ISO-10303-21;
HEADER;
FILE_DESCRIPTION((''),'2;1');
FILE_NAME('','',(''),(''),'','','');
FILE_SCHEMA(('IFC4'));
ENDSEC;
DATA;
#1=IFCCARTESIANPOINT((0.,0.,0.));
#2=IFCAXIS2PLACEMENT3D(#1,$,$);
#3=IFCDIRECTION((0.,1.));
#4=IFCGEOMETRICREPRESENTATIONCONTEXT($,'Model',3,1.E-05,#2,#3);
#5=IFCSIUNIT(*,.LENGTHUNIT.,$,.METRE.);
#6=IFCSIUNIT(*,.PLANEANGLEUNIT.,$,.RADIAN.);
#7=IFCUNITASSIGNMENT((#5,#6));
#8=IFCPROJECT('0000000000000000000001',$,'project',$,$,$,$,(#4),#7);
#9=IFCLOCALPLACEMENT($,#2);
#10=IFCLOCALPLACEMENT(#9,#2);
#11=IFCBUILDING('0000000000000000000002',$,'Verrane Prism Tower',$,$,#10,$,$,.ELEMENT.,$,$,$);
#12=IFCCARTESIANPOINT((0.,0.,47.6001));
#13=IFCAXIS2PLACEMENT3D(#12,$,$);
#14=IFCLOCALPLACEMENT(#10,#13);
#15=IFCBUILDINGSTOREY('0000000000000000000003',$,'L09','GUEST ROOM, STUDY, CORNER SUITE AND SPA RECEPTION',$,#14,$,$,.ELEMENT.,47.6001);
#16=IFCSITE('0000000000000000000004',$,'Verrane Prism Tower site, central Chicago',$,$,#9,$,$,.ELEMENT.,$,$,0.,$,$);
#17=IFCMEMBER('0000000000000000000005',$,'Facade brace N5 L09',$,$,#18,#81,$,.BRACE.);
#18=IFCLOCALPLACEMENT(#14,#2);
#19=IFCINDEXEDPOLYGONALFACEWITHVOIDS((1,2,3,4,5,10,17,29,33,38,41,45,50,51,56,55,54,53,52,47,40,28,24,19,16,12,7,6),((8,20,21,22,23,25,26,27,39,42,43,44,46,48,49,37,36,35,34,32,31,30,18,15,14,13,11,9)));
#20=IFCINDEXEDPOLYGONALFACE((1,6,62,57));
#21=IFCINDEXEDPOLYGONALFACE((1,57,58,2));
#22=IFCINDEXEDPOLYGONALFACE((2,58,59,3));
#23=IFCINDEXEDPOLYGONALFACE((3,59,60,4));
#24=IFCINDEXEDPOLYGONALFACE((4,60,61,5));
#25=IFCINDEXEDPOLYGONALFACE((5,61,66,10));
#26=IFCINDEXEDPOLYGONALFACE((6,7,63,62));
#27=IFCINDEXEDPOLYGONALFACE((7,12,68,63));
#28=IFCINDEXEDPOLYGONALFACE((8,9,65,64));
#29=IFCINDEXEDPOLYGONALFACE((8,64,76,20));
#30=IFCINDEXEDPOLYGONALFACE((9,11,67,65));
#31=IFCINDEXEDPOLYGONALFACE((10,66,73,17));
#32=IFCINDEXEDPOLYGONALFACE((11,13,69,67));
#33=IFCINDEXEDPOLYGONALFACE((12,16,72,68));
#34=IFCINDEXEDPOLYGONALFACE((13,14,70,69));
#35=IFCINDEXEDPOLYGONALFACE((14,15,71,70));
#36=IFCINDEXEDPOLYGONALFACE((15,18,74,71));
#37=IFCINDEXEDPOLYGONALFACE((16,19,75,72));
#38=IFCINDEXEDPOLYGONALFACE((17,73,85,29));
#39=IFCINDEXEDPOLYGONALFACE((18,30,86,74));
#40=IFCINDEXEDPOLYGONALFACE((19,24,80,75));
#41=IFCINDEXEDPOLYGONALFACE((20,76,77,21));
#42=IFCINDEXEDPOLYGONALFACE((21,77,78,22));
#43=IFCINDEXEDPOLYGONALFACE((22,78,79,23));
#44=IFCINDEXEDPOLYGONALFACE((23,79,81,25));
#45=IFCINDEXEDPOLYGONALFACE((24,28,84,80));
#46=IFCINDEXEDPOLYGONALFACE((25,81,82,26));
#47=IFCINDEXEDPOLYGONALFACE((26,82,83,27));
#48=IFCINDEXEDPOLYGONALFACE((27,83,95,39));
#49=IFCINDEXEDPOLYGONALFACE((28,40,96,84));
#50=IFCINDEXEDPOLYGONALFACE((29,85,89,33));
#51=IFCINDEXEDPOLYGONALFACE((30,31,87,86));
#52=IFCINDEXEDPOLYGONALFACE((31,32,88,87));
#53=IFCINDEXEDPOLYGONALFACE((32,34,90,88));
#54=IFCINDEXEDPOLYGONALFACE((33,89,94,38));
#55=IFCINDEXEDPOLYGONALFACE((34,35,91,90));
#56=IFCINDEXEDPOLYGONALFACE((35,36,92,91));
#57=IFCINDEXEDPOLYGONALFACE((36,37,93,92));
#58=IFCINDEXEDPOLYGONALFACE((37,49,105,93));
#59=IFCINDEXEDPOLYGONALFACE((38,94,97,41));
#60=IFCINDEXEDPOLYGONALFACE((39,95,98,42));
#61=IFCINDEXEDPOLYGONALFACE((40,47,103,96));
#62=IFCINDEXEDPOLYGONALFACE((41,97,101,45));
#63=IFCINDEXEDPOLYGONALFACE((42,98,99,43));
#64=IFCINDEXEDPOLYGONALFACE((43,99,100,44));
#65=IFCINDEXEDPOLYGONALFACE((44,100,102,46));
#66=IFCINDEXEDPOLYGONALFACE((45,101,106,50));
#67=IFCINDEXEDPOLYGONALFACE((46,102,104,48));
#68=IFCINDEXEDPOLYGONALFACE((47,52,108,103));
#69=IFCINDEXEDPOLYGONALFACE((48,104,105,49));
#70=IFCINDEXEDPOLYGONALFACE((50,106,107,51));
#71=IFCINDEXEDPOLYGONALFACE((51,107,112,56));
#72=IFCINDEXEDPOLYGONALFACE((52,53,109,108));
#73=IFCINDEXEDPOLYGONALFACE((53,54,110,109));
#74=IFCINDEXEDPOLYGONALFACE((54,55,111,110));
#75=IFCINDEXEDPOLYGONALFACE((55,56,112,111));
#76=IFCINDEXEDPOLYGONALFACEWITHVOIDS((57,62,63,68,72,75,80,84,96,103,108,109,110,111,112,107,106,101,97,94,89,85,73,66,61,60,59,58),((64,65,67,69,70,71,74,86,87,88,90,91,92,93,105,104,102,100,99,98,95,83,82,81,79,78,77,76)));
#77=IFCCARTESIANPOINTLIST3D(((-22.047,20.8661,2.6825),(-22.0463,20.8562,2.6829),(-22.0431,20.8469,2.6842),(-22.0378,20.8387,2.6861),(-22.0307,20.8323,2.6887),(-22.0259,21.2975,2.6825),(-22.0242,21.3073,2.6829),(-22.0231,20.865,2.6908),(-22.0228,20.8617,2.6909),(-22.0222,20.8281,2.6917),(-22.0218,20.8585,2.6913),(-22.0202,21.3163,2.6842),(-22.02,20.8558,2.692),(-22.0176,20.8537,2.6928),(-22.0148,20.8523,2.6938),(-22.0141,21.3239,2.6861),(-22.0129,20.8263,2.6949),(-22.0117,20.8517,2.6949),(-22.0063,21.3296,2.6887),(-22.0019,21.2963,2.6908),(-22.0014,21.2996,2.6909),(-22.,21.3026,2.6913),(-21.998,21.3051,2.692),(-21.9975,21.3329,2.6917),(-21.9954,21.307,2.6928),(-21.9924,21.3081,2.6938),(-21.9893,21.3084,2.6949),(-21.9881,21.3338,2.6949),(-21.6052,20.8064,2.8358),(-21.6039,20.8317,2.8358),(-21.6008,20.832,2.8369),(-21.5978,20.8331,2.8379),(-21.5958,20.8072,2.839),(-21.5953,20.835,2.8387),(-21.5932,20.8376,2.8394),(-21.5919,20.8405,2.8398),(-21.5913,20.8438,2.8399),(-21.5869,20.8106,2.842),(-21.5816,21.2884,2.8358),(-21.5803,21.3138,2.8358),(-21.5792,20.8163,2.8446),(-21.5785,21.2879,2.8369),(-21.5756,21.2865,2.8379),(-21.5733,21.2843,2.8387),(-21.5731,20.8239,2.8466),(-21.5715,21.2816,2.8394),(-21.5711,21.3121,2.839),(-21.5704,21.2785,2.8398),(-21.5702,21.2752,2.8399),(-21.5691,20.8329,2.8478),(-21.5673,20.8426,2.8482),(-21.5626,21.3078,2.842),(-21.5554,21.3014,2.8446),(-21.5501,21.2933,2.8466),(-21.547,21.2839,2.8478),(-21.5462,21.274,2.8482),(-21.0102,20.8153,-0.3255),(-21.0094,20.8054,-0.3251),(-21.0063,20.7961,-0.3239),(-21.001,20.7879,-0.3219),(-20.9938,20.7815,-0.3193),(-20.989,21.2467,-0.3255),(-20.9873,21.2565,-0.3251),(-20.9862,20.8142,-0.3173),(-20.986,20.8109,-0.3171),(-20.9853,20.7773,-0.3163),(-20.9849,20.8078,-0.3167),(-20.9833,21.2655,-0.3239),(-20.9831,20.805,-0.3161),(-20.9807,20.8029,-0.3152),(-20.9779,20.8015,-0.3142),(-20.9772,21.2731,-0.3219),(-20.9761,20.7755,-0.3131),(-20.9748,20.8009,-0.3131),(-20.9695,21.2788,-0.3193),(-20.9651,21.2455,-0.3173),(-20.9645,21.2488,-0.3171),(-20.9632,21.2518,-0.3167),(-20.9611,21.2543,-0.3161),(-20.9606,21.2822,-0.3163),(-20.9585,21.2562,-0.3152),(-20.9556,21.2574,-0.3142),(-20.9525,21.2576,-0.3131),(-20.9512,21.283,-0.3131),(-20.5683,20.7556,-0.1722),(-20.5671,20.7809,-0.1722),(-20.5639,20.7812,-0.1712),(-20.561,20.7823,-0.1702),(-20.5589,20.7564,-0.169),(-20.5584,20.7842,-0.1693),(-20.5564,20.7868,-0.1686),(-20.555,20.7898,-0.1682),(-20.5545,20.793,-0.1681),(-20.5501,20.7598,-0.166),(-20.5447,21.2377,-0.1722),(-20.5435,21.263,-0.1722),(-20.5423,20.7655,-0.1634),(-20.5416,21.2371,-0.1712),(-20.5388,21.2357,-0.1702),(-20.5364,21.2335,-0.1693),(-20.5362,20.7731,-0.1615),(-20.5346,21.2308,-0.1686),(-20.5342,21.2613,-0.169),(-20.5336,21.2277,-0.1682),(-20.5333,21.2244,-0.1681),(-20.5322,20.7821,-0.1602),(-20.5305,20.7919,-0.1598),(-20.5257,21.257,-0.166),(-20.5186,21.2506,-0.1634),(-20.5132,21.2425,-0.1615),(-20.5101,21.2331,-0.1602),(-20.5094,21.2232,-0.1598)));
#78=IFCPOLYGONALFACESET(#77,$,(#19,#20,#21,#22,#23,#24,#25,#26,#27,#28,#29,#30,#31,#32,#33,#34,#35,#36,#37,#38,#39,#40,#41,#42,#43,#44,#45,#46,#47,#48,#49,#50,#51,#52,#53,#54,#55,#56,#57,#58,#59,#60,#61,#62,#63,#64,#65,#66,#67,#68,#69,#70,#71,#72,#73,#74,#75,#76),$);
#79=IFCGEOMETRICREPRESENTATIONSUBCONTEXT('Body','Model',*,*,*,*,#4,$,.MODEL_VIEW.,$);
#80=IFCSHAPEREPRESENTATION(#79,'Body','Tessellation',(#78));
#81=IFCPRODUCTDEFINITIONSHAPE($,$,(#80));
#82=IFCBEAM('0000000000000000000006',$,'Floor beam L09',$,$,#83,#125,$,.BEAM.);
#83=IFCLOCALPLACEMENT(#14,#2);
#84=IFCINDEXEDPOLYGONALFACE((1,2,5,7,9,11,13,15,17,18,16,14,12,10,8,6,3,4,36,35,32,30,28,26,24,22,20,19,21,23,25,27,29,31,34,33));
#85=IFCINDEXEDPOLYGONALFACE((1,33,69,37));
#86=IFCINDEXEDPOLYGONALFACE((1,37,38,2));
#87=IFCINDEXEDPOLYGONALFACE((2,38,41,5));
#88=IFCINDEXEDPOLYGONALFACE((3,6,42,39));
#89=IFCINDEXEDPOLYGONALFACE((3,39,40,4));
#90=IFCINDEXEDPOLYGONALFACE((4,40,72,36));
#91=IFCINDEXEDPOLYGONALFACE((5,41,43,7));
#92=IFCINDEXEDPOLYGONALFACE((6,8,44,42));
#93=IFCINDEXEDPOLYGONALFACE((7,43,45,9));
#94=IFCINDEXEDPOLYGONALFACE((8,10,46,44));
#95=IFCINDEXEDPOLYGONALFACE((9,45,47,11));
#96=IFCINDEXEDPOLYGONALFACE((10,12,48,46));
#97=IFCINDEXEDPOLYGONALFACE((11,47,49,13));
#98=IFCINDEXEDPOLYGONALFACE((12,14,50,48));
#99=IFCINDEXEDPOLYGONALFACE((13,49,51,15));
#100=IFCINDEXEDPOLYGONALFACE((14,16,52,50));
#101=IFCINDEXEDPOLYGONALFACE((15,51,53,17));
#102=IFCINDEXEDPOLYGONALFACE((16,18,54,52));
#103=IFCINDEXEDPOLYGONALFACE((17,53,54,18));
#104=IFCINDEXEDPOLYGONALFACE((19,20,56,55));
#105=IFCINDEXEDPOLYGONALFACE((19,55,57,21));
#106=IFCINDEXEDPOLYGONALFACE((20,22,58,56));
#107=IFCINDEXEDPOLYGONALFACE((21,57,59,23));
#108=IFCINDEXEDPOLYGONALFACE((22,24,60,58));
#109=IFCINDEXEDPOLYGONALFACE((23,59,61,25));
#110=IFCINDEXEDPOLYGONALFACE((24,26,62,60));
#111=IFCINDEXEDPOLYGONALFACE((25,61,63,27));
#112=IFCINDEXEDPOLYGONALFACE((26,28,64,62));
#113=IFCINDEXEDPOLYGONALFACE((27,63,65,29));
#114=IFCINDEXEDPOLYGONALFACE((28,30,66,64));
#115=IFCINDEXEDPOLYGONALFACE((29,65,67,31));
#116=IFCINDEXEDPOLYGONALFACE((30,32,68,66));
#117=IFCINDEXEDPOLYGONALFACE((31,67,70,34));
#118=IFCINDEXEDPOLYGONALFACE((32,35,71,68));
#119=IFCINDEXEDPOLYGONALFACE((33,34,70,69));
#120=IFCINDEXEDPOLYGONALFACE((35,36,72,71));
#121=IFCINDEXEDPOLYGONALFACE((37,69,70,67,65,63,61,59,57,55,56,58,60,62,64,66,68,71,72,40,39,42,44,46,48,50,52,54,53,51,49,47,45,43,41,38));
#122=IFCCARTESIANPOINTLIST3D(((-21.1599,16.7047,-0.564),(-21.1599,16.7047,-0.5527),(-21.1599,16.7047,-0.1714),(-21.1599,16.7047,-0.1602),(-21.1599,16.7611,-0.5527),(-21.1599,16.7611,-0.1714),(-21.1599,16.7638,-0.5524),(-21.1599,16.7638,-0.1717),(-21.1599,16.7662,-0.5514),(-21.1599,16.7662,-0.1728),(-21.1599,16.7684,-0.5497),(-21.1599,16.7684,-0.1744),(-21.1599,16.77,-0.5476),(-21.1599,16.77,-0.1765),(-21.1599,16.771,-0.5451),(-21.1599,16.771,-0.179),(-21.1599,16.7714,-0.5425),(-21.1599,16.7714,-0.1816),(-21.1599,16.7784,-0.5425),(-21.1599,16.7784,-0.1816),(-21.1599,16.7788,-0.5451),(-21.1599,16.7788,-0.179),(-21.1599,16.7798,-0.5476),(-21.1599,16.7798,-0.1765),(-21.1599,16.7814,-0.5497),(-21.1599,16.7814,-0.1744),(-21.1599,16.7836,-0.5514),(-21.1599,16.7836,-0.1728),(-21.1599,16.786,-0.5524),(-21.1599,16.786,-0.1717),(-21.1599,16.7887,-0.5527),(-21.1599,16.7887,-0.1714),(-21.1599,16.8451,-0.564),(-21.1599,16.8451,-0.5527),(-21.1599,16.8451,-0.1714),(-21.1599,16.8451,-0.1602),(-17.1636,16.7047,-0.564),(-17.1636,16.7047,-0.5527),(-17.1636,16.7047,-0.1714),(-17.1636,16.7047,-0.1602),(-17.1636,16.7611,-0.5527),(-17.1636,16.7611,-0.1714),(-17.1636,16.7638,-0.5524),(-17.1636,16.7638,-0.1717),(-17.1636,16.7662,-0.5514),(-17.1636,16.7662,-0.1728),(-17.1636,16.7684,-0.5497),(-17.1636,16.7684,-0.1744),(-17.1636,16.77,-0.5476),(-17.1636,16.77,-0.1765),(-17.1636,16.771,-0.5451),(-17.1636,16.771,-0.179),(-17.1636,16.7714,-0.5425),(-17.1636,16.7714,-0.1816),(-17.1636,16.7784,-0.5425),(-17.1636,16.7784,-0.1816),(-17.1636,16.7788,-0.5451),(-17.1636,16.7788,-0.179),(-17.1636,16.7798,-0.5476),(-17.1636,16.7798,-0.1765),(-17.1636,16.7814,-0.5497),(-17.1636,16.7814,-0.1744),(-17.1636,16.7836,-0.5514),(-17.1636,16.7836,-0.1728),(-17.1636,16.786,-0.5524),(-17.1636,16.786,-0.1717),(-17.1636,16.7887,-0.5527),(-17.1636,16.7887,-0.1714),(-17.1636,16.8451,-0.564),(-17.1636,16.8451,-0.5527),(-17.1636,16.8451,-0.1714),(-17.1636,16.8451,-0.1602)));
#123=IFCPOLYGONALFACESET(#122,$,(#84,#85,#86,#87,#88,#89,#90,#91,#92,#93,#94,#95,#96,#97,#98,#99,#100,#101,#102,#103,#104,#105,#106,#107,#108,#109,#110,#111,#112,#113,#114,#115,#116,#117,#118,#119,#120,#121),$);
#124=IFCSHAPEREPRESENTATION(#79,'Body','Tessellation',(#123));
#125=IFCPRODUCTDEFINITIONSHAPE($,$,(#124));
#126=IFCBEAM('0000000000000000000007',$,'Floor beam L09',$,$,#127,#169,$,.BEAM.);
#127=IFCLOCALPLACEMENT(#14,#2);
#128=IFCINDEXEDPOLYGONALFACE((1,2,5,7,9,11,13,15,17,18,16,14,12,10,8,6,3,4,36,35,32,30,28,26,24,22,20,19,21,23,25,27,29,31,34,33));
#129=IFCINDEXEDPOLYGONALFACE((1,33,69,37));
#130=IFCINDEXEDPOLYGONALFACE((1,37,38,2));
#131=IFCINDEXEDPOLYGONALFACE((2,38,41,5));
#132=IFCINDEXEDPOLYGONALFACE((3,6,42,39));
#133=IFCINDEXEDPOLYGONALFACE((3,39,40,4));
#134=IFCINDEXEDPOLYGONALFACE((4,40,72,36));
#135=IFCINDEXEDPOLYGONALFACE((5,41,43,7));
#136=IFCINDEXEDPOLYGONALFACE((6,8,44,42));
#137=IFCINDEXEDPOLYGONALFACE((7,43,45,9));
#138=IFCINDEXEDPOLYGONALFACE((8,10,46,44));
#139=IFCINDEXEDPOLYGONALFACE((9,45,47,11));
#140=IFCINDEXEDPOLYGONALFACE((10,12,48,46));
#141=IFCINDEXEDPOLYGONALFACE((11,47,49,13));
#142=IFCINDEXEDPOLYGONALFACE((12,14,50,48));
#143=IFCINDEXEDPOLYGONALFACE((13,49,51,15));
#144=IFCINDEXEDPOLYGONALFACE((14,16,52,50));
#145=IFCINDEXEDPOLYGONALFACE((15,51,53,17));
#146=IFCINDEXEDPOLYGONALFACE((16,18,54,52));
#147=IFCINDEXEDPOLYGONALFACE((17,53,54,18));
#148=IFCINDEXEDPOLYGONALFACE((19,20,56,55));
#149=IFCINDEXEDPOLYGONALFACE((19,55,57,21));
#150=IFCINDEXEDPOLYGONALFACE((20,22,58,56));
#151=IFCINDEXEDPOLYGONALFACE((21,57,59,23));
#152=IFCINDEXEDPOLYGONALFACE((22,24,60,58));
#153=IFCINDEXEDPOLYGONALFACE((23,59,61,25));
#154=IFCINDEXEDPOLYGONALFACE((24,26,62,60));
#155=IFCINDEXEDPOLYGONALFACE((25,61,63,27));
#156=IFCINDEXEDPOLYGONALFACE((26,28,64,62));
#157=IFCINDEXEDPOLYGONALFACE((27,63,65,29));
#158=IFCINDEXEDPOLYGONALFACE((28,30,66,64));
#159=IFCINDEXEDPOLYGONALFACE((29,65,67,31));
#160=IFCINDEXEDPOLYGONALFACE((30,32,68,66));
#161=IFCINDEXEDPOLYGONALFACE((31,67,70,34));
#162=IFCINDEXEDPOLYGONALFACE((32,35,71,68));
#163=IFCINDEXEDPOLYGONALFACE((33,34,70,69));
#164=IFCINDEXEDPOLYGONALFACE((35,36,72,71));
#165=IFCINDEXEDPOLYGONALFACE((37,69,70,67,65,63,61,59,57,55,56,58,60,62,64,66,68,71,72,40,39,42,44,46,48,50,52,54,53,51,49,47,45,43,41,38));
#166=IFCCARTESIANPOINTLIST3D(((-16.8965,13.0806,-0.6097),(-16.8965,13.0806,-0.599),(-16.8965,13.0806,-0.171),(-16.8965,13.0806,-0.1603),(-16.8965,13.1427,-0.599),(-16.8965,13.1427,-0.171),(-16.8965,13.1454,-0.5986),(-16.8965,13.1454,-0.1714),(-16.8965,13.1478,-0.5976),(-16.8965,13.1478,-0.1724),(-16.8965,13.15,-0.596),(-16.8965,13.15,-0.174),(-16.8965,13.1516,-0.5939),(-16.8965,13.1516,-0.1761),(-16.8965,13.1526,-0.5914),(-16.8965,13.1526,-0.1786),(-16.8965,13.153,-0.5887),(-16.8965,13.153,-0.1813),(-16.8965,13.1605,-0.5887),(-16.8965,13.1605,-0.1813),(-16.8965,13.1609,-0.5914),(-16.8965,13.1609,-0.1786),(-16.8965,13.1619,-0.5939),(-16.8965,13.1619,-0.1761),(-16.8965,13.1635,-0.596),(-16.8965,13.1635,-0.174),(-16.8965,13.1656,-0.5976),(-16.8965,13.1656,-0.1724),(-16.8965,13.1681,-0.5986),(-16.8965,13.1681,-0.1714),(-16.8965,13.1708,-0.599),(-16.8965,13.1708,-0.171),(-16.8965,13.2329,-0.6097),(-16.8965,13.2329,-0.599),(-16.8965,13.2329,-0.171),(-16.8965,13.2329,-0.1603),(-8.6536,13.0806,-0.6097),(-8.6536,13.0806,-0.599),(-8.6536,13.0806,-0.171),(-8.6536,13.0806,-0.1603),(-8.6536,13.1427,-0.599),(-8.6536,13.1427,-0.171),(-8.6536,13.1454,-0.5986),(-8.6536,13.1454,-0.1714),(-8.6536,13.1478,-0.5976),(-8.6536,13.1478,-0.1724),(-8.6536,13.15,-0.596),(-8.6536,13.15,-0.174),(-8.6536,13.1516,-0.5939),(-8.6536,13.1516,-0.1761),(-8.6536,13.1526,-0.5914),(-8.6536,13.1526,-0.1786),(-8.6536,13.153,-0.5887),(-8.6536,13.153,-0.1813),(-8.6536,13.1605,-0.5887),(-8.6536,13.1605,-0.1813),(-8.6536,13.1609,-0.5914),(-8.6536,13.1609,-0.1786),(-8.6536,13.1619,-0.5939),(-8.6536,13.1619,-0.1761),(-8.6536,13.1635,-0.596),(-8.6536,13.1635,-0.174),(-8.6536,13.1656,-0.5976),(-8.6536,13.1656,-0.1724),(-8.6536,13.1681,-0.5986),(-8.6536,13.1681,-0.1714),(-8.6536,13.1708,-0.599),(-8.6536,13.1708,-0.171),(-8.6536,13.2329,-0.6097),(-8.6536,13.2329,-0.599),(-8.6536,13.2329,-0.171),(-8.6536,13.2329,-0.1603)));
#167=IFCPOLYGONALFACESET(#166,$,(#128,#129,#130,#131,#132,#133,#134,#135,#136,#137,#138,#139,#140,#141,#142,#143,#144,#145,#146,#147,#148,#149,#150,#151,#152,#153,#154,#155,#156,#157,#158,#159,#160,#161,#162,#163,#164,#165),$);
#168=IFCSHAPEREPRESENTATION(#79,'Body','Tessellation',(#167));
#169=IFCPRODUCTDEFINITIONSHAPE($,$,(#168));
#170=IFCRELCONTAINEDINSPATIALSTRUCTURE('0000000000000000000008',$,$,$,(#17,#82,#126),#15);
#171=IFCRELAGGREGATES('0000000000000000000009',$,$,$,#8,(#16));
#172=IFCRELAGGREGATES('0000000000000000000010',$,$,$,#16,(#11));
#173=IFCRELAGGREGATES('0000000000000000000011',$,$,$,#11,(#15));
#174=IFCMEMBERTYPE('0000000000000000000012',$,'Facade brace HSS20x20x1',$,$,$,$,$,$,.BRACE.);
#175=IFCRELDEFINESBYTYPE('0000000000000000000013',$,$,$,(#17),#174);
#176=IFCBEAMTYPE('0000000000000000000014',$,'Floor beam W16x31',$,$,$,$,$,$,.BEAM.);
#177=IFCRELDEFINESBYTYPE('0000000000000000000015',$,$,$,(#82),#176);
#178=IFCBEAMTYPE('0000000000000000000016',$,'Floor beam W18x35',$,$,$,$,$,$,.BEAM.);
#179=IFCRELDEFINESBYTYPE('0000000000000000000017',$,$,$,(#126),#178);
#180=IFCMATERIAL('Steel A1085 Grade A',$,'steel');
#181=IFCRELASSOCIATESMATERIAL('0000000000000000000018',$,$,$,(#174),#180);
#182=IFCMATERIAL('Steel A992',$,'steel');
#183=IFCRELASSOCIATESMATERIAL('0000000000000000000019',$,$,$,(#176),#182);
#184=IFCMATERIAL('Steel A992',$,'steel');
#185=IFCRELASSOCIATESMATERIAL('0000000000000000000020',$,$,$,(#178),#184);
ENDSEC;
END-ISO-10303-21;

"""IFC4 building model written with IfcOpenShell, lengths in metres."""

from ifc_helpers import new_model, si_unit, direction, frame, origin, origin_2d, place, context, subcontext, project, spatial, hollow_rectangle, i_section, extrude, material, material_profile, profile_set, type_object, element, save


model = new_model("IFC4")

# Units and contexts
model_context = context("Model", 3, precision=1e-05, world=origin(), true_north=direction((0.0, 1.0)))
body_context = subcontext(model_context, "Body", "Model", "MODEL_VIEW")
ifc_project = project(units=[si_unit("LENGTHUNIT", "METRE"), si_unit("PLANEANGLEUNIT", "RADIAN")], contexts=[model_context])

# Site, building, storey
site_placement = place(None, origin())
site = spatial("IfcSite", under=ifc_project, at=site_placement, Name="Verrane Prism Tower site, central Chicago", CompositionType="ELEMENT", RefElevation=0.0)
building_placement = place(site_placement, origin())
building = spatial("IfcBuilding", under=site, at=building_placement, Name="Verrane Prism Tower", CompositionType="ELEMENT")
storey_placement = place(building_placement, frame((0.0, 0.0, 47.6001)))
storey = spatial("IfcBuildingStorey", under=building, at=storey_placement, Name="L09", Description="GUEST ROOM, STUDY, CORNER SUITE AND SPA RECEPTION", CompositionType="ELEMENT", Elevation=47.6001)

# Member
ifc_material_1 = material(Name="Steel A1085 Grade A", Category="steel")
ifc_material_profile_1 = material_profile(ifc_material_1, hollow_rectangle(XDim=0.5081, YDim=0.5081, WallThickness=0.0254, InnerFilletRadius=0.0127, OuterFilletRadius=0.0381, at=origin_2d()), Name="HSS20x20x1")
ifc_profile_set_1 = profile_set([ifc_material_profile_1], Name="Steel A1085 Grade A")
member_type_1 = type_object("IfcMemberType", Name="Facade brace HSS20x20x1", PredefinedType="BRACE", material=ifc_profile_set_1)
member_1_placement = place(storey_placement, frame((-20.7598, 21.0193, -0.2427), z_axis=(-0.325838, 0.015958, 0.945291), x_axis=(-0.048917, -0.998803, 0.0)))
element("IfcMember", 1, at=member_1_placement, inside=storey, type_object=member_type_1, Name="Facade brace N5 L09", PredefinedType="BRACE", context=body_context, shape_type="SweptSolid", body=[
    extrude(hollow_rectangle(XDim=0.5081, YDim=0.5081, WallThickness=0.0254, InnerFilletRadius=0.0127, OuterFilletRadius=0.0381, at=origin_2d()), origin(), (0.0, 0.0, 1.0), 3.1821),
])

# Beams
ifc_material_2 = material(Name="Steel A992", Category="steel")
ifc_material_profile_2 = material_profile(ifc_material_2, i_section(OverallWidth=0.1404, OverallDepth=0.4038, WebThickness=0.0071, FlangeThickness=0.0112, FilletRadius=0.0103, at=origin_2d()), Name="W16x31")
ifc_profile_set_2 = profile_set([ifc_material_profile_2], Name="Steel A992")
beam_type_1 = type_object("IfcBeamType", Name="Floor beam W16x31", PredefinedType="BEAM", material=ifc_profile_set_2)
beam_1_placement = place(storey_placement, frame((-21.1599, 16.7749, -0.3621), z_axis=(1.0, 0.0, 0.0), x_axis=(0.0, 1.0, 0.0)))
element("IfcBeam", 2, at=beam_1_placement, inside=storey, type_object=beam_type_1, Name="Floor beam L09", PredefinedType="BEAM", context=body_context, shape_type="SweptSolid", body=[
    extrude(i_section(OverallWidth=0.1404, OverallDepth=0.4038, WebThickness=0.0071, FlangeThickness=0.0112, FilletRadius=0.0103, at=origin_2d()), origin(), (0.0, 0.0, 1.0), 3.9963),
])
ifc_material_3 = material(Name="Steel A992", Category="steel")
ifc_material_profile_3 = material_profile(ifc_material_3, i_section(OverallWidth=0.1523, OverallDepth=0.4495, WebThickness=0.0076, FlangeThickness=0.0107, FilletRadius=0.0103, at=origin_2d()), Name="W18x35")
ifc_profile_set_3 = profile_set([ifc_material_profile_3], Name="Steel A992")
beam_type_2 = type_object("IfcBeamType", Name="Floor beam W18x35", PredefinedType="BEAM", material=ifc_profile_set_3)
for number, where, z_axis, x_axis, name in (
    (3, (-16.8965, 13.1567, -0.385), (1.0, 0.0, 0.0), (0.0, 1.0, 0.0), "Floor beam L09"),
):
    element("IfcBeam", number, at=place(storey_placement, frame(where, z_axis=z_axis, x_axis=x_axis)), inside=storey, type_object=beam_type_2, Name=name, PredefinedType="BEAM", context=body_context, shape_type="SweptSolid", body=[
        extrude(i_section(OverallWidth=0.1523, OverallDepth=0.4495, WebThickness=0.0076, FlangeThickness=0.0107, FilletRadius=0.0103, at=origin_2d()), origin(), (0.0, 0.0, 1.0), 8.2429),
    ])

save(model, "model.ifc")
